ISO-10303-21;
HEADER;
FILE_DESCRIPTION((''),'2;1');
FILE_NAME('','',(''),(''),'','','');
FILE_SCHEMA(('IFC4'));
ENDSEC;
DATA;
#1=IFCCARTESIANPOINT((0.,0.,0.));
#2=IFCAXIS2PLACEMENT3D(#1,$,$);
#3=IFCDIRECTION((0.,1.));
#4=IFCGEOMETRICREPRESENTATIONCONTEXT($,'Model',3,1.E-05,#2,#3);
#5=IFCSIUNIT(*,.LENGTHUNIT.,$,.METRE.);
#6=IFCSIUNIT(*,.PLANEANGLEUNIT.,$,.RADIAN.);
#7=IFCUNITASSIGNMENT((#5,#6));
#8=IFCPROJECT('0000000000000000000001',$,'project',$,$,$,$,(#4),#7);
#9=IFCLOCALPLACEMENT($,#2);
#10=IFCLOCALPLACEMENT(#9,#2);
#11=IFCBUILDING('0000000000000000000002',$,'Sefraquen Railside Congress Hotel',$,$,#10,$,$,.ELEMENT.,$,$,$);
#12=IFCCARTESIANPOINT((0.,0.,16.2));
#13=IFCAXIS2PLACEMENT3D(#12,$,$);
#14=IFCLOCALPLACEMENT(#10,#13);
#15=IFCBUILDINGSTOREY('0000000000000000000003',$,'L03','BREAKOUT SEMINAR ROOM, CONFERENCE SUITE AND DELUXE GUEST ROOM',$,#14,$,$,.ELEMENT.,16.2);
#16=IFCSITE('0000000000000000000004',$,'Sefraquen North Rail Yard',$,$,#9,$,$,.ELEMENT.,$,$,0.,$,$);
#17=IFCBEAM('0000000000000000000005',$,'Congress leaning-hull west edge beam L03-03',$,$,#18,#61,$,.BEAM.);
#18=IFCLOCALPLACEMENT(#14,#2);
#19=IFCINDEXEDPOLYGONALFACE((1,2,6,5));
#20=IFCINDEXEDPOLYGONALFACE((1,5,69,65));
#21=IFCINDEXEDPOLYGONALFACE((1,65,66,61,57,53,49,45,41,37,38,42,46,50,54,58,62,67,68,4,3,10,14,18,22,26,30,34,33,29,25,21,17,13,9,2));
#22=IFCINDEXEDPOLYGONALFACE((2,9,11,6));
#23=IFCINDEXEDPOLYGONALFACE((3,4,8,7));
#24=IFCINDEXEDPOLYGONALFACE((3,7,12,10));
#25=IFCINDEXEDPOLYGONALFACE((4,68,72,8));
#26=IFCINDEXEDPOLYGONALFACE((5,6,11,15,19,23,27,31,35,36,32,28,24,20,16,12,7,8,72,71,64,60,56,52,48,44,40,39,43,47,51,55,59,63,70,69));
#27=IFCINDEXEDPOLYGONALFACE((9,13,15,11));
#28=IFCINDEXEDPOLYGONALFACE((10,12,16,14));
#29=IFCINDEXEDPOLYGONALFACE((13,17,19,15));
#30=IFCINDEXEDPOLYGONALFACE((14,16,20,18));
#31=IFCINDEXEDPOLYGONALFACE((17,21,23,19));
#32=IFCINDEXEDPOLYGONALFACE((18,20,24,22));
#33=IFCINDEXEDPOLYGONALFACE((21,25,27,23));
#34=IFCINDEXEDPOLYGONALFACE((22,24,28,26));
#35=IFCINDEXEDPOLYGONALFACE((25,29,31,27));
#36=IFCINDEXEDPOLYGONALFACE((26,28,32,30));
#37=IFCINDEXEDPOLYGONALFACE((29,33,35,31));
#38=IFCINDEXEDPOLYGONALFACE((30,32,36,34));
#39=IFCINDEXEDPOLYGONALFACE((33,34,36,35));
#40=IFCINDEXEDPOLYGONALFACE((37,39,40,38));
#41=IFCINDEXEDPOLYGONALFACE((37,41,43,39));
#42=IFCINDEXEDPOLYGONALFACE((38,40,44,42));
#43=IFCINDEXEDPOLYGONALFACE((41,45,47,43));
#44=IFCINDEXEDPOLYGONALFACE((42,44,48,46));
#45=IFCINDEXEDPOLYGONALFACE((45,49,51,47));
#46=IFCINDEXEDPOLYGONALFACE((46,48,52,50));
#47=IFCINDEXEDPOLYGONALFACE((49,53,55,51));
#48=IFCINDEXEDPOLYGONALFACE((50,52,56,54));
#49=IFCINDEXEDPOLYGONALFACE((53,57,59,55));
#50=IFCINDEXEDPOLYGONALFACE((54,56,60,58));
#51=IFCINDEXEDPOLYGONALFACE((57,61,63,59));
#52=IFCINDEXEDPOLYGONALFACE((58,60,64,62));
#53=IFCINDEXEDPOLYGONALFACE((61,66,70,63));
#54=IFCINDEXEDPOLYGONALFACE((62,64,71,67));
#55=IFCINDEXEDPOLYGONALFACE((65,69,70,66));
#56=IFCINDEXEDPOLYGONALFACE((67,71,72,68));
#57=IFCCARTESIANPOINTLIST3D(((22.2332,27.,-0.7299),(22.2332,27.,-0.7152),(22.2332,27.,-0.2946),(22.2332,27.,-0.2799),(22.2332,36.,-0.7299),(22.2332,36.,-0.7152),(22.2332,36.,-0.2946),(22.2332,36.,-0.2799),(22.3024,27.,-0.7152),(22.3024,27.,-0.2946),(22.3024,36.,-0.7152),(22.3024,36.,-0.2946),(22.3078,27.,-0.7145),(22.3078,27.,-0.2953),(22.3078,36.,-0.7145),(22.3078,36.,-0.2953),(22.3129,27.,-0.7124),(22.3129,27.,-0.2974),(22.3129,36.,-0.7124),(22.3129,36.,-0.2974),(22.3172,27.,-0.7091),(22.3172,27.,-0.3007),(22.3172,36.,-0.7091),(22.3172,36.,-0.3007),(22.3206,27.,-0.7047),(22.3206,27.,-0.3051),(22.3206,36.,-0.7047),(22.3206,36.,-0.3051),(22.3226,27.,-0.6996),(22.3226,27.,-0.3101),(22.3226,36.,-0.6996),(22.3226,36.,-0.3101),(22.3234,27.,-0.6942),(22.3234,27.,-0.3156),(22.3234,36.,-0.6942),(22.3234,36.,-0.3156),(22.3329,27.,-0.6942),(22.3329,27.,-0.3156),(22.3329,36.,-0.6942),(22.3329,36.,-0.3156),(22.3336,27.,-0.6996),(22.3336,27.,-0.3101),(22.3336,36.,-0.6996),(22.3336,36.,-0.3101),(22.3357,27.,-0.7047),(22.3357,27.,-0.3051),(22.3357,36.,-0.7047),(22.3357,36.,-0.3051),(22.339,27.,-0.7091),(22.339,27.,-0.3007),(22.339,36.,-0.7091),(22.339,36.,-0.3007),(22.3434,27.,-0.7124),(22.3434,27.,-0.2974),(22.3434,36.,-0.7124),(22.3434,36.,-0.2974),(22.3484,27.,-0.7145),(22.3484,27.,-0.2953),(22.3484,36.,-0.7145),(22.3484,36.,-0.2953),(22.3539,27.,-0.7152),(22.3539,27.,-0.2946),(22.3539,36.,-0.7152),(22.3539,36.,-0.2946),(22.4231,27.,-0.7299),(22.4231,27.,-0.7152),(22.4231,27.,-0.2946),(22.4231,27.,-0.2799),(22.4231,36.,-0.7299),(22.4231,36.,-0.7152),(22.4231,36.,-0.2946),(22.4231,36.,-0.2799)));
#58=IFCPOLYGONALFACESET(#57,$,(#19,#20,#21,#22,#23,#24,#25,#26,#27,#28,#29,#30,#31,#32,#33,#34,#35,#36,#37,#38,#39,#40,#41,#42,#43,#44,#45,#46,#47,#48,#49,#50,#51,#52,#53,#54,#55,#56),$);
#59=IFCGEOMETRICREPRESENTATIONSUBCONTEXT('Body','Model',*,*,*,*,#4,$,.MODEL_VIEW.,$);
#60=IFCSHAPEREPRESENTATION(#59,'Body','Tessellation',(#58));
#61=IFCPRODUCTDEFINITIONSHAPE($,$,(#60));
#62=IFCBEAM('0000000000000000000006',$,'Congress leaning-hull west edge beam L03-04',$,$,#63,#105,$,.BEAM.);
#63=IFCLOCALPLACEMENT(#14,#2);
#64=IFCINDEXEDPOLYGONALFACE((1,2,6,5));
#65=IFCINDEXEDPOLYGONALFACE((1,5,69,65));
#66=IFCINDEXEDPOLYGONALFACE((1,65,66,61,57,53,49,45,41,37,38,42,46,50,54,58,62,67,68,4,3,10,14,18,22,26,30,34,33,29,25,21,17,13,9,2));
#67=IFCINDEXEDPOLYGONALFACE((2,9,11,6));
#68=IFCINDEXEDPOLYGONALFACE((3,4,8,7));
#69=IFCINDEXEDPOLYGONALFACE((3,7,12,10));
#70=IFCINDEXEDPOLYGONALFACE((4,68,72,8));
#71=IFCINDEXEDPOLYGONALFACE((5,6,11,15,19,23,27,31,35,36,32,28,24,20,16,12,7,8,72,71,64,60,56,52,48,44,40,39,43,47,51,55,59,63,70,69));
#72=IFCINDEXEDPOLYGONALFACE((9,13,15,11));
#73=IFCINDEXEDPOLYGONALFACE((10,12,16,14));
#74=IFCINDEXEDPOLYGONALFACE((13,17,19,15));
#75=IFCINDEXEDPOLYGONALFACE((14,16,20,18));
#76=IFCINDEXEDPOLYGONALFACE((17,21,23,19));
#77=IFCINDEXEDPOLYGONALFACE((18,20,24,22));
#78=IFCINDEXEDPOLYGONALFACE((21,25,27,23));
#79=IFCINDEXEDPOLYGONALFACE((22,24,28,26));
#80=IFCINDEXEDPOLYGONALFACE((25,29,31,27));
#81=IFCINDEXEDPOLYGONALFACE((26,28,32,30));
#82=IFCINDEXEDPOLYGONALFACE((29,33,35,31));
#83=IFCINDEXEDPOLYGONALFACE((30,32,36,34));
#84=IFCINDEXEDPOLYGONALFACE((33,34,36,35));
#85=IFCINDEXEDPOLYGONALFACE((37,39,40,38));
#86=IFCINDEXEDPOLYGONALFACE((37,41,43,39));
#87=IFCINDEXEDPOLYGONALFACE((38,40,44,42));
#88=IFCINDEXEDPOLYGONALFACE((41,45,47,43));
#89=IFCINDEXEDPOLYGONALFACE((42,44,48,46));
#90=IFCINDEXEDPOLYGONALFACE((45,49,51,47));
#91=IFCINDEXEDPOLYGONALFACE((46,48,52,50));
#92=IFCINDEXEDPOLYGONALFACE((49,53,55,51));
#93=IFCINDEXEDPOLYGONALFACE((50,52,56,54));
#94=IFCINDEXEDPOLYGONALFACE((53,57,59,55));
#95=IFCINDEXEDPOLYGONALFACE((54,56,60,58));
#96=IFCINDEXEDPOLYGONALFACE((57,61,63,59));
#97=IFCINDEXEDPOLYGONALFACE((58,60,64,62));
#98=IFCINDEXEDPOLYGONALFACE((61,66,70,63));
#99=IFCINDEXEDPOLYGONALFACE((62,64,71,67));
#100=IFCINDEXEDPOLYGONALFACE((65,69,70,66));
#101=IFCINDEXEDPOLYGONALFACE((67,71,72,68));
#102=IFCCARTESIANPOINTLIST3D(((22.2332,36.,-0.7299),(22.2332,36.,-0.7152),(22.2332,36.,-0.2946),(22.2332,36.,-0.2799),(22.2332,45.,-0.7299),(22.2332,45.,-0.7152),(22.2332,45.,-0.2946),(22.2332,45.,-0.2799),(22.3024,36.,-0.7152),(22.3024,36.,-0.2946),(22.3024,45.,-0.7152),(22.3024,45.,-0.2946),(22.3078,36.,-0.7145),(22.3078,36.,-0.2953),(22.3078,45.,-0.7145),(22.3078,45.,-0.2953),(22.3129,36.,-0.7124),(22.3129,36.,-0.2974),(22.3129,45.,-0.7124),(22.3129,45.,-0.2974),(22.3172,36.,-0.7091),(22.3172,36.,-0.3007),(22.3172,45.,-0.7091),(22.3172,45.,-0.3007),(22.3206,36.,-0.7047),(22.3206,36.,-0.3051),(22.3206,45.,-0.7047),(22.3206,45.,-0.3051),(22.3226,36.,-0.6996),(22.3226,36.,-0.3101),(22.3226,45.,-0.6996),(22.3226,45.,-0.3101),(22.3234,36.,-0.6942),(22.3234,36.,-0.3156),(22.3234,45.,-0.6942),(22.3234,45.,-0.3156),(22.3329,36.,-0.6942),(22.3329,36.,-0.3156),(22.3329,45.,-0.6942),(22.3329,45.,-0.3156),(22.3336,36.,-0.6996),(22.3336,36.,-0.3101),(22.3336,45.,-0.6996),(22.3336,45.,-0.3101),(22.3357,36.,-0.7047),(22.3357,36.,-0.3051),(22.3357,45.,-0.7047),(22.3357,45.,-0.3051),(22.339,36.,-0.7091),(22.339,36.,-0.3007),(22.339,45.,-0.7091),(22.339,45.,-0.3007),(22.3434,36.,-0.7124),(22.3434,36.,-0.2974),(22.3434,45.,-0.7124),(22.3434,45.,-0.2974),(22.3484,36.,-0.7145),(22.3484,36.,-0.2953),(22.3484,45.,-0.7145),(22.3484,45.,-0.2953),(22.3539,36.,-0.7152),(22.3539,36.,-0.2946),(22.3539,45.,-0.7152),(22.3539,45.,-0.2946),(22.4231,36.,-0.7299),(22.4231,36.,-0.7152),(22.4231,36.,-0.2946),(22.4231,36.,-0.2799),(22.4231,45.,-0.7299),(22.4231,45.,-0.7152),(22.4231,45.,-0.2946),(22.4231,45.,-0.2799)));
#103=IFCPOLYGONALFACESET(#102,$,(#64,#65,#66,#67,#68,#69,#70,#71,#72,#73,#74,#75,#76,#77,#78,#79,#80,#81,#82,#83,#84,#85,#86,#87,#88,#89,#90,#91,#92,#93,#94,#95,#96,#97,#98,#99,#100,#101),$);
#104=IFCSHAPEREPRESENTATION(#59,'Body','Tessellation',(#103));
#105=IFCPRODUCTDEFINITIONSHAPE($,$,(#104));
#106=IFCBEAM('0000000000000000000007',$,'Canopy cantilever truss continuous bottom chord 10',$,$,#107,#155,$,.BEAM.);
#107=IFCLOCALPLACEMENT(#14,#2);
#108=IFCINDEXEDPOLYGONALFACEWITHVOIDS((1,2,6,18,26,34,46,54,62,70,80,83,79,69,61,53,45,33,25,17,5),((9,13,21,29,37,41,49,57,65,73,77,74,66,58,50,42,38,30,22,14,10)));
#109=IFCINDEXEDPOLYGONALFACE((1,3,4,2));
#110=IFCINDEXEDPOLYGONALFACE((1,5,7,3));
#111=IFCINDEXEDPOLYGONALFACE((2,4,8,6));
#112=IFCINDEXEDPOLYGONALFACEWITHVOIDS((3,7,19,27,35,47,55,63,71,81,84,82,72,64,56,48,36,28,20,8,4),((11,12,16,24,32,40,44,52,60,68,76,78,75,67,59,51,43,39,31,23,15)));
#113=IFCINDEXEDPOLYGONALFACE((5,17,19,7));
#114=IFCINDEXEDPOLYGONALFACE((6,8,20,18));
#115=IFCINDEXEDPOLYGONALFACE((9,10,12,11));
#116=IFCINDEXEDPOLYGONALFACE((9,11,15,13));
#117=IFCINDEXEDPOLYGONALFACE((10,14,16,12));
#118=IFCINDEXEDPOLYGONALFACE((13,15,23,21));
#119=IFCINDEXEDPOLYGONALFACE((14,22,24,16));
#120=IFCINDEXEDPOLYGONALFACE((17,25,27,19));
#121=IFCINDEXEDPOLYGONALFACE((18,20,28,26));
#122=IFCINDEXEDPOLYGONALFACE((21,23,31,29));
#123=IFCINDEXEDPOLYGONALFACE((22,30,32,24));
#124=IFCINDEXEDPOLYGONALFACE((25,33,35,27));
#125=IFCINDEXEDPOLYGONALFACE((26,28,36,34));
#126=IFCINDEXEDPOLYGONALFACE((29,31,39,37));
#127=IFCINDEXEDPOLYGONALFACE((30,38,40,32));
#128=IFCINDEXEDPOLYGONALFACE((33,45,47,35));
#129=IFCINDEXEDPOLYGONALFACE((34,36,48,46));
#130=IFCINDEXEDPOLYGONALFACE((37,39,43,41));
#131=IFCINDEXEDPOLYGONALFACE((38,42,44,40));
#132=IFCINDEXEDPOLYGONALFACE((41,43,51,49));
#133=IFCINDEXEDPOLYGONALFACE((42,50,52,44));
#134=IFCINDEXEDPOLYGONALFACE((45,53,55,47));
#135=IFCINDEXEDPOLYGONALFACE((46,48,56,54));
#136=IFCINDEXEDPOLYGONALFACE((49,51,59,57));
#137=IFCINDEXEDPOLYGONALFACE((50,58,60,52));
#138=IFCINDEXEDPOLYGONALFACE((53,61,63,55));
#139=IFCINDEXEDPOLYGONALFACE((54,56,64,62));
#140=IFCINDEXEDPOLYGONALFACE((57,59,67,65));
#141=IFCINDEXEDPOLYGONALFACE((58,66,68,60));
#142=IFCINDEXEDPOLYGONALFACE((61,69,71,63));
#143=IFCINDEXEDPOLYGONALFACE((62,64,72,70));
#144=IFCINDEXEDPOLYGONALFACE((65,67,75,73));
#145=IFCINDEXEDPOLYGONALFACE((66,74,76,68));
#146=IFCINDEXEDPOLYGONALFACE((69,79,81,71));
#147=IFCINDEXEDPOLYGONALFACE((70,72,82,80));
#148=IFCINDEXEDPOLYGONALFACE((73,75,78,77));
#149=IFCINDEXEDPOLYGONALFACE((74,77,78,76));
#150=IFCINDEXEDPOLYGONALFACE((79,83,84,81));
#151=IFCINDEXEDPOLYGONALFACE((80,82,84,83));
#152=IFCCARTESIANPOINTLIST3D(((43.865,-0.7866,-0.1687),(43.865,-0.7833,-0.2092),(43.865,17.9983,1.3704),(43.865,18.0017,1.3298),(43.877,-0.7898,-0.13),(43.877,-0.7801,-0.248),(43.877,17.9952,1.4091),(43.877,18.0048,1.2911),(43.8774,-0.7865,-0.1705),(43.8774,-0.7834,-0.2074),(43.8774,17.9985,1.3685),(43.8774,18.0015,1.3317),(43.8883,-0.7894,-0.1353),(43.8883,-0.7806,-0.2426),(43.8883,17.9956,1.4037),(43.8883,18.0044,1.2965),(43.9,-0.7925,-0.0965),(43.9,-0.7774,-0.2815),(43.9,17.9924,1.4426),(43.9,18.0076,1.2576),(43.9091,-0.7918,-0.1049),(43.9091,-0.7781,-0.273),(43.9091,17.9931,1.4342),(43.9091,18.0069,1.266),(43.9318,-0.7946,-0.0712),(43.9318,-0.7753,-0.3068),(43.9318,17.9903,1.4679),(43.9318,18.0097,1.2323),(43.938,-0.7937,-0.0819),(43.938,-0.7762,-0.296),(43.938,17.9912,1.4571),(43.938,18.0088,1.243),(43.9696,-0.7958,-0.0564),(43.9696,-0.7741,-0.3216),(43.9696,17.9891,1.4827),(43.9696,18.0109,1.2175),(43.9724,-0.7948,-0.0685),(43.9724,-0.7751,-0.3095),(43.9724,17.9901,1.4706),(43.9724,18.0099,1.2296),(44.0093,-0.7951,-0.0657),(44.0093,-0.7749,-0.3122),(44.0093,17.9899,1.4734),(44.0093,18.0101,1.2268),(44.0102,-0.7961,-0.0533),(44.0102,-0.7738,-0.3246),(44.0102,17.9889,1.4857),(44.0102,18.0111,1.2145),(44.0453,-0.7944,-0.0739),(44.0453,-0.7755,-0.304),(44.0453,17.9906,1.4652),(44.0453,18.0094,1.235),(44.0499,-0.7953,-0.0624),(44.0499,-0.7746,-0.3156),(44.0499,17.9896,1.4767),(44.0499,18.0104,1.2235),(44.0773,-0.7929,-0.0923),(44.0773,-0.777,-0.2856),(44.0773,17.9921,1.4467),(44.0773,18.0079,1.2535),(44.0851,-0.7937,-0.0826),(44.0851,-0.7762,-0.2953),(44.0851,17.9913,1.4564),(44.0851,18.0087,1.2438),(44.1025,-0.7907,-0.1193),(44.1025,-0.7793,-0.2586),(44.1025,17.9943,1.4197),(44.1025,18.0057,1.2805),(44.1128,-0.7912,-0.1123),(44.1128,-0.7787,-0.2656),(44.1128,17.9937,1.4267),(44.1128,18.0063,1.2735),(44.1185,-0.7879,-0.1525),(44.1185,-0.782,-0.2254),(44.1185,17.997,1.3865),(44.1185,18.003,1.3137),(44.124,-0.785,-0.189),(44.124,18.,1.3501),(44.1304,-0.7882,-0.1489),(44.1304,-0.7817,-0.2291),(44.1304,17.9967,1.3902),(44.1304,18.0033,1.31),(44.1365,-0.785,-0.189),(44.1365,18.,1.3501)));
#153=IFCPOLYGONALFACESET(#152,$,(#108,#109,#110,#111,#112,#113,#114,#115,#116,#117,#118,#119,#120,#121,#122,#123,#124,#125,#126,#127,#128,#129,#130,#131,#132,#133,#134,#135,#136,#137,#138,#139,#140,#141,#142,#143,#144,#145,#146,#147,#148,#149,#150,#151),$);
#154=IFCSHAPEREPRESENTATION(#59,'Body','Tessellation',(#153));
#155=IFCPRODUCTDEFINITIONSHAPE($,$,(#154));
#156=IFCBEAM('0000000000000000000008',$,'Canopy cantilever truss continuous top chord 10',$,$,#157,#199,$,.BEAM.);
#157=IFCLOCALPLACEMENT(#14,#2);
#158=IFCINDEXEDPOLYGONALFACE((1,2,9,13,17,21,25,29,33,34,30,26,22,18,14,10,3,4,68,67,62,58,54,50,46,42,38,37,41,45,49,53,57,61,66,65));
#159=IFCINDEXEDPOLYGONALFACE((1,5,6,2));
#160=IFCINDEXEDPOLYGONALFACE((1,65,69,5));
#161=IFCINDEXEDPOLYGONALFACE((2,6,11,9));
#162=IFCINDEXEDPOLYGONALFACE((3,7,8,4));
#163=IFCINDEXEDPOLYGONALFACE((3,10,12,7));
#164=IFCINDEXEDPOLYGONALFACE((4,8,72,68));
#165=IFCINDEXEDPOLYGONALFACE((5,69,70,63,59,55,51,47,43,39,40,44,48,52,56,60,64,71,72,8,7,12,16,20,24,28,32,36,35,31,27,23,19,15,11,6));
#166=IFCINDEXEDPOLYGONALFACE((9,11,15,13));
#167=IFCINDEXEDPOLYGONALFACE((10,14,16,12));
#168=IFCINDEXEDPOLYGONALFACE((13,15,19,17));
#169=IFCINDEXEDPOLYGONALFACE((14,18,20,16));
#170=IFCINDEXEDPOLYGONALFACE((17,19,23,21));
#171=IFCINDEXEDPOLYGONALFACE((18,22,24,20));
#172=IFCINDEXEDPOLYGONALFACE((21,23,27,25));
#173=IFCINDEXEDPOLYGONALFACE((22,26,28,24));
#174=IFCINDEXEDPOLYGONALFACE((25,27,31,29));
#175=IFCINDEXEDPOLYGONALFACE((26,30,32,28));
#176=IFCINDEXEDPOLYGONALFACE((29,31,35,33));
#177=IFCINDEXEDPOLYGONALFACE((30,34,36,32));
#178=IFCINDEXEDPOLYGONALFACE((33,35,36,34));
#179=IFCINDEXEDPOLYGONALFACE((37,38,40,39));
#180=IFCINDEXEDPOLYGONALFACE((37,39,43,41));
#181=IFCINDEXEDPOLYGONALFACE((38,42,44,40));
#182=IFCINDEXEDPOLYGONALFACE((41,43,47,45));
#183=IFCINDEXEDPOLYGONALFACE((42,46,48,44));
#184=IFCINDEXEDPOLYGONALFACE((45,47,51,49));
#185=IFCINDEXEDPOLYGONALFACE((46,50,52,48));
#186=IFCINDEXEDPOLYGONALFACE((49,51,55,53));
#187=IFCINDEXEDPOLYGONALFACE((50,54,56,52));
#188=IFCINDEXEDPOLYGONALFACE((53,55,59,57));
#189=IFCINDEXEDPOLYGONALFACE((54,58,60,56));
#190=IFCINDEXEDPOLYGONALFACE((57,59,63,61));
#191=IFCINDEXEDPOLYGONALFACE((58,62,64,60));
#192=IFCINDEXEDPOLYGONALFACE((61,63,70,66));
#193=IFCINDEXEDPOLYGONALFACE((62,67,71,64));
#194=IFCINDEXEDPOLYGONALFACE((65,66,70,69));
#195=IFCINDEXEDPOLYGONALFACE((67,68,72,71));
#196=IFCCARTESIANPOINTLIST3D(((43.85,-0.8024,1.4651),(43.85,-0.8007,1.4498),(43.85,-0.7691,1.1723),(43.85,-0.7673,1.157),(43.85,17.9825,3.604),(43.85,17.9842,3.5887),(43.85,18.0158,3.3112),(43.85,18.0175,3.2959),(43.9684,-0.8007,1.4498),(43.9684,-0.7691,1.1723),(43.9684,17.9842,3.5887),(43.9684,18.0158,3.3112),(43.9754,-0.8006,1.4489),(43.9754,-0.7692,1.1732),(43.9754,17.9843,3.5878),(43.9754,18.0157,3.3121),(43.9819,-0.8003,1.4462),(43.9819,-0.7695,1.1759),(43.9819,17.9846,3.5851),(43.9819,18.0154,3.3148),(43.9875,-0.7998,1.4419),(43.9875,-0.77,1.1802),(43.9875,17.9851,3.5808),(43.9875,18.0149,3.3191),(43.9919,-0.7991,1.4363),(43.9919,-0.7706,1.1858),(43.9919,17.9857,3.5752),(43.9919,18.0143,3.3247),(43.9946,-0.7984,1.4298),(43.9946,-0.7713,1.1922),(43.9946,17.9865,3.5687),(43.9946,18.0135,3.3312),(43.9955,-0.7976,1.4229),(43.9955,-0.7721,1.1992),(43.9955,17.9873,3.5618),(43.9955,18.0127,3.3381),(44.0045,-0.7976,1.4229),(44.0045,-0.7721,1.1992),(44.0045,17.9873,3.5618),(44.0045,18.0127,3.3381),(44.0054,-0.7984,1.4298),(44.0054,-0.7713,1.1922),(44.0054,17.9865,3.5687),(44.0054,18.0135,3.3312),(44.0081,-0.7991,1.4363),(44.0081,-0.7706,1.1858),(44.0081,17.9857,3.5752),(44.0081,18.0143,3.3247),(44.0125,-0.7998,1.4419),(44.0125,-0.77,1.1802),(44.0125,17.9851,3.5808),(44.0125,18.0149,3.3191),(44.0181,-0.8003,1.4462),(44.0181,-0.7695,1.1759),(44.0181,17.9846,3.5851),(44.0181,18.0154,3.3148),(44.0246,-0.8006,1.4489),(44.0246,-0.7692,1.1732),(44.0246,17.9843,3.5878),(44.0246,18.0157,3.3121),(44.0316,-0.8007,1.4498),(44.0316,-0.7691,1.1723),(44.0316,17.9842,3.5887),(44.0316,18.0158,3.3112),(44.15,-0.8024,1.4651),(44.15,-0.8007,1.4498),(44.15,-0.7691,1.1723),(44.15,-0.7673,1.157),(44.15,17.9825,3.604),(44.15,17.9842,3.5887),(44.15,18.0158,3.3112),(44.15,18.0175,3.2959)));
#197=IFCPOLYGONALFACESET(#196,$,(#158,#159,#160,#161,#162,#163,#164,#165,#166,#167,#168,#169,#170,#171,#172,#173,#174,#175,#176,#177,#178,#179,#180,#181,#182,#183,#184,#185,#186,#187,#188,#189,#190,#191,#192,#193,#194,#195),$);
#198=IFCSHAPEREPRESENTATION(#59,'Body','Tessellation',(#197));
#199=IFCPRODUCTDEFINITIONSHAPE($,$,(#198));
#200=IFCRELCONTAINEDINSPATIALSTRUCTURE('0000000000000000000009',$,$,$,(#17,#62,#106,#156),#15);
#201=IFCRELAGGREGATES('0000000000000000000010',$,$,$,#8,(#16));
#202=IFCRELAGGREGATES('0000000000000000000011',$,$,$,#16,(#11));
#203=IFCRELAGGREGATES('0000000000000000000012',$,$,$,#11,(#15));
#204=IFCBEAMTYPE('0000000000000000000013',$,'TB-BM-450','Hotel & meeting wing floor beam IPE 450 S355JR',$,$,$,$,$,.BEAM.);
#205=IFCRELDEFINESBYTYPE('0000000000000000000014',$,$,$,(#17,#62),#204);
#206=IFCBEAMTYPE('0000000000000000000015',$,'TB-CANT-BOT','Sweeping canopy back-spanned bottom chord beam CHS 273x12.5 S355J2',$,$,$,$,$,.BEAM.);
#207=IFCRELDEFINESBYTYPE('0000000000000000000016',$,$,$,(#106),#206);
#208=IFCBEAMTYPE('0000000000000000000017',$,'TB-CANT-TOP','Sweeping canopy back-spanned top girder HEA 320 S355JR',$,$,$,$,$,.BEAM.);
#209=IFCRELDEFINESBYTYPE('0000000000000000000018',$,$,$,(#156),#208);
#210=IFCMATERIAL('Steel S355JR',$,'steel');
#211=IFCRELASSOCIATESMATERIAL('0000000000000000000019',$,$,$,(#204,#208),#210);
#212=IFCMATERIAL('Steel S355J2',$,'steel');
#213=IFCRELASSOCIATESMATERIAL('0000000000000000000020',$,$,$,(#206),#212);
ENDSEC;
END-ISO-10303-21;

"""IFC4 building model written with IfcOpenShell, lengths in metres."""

from ifc_helpers import new_model, si_unit, direction, frame, origin, origin_2d, place, context, subcontext, project, spatial, hollow_circle, i_section, extrude, material, material_profile, profile_set, type_object, element, save


model = new_model("IFC4")

# Units and contexts
model_context = context("Model", 3, precision=1e-05, world=origin(), true_north=direction((0.0, 1.0)))
body_context = subcontext(model_context, "Body", "Model", "MODEL_VIEW")
ifc_project = project(units=[si_unit("LENGTHUNIT", "METRE"), si_unit("PLANEANGLEUNIT", "RADIAN")], contexts=[model_context])

# Site, building, storey
site_placement = place(None, origin())
site = spatial("IfcSite", under=ifc_project, at=site_placement, Name="Sefraquen North Rail Yard", CompositionType="ELEMENT", RefElevation=0.0)
building_placement = place(site_placement, origin())
building = spatial("IfcBuilding", under=site, at=building_placement, Name="Sefraquen Railside Congress Hotel", CompositionType="ELEMENT")
storey_placement = place(building_placement, frame((0.0, 0.0, 16.2)))
storey = spatial("IfcBuildingStorey", under=building, at=storey_placement, Name="L03", Description="BREAKOUT SEMINAR ROOM, CONFERENCE SUITE AND DELUXE GUEST ROOM", CompositionType="ELEMENT", Elevation=16.2)

# Shared definitions
ifc_material_1 = material(Name="Steel S355JR", Category="steel")

# Beams
ifc_material_profile_1 = material_profile(ifc_material_1, i_section(OverallWidth=0.1899, OverallDepth=0.45, WebThickness=0.0095, FlangeThickness=0.0146, FilletRadius=0.021, at=origin_2d()), Name="IPE 450")
ifc_profile_set_1 = profile_set([ifc_material_profile_1], Name="Steel S355JR")
beam_type_1 = type_object("IfcBeamType", Name="TB-BM-450", Description="Hotel & meeting wing floor beam IPE 450 S355JR", PredefinedType="BEAM", material=ifc_profile_set_1)
for number, where, z_axis, x_axis, name in (
    (1, (22.3281, 27.0, -0.5049), (0.0, 1.0, 0.0), (-1.0, 0.0, 0.0), "Congress leaning-hull west edge beam L03-03"),
    (2, (22.3281, 36.0, -0.5049), (0.0, 1.0, 0.0), (-1.0, 0.0, 0.0), "Congress leaning-hull west edge beam L03-04"),
):
    element("IfcBeam", number, at=place(storey_placement, frame(where, z_axis=z_axis, x_axis=x_axis)), inside=storey, type_object=beam_type_1, Name=name, PredefinedType="BEAM", context=body_context, shape_type="SweptSolid", body=[
        extrude(i_section(OverallWidth=0.1899, OverallDepth=0.45, WebThickness=0.0095, FlangeThickness=0.0146, FilletRadius=0.021, at=origin_2d()), origin(), (0.0, 0.0, 1.0), 9.0),
    ])
ifc_material_2 = material(Name="Steel S355J2", Category="steel")
ifc_material_profile_2 = material_profile(ifc_material_2, hollow_circle(Radius=0.1365, WallThickness=0.0125, at=origin_2d()), Name="CHS 273x12.5")
ifc_profile_set_2 = profile_set([ifc_material_profile_2], Name="Steel S355J2")
beam_type_2 = type_object("IfcBeamType", Name="TB-CANT-BOT", Description="Sweeping canopy back-spanned bottom chord beam CHS 273x12.5 S355J2", PredefinedType="BEAM", material=ifc_profile_set_2)
beam_1_placement = place(storey_placement, frame((44.0, 18.0, 1.3501), z_axis=(0.0, -0.99666, -0.081657), x_axis=(1.0, 0.0, 0.0)))
element("IfcBeam", 3, at=beam_1_placement, inside=storey, type_object=beam_type_2, Name="Canopy cantilever truss continuous bottom chord 10", PredefinedType="BEAM", context=body_context, shape_type="SweptSolid", body=[
    extrude(hollow_circle(Radius=0.1365, WallThickness=0.0125, at=origin_2d()), origin(), (0.0, 0.0, 1.0), 18.8479),
])
ifc_material_profile_3 = material_profile(ifc_material_1, i_section(OverallWidth=0.3, OverallDepth=0.3101, WebThickness=0.009, FlangeThickness=0.0154, FilletRadius=0.0271, at=origin_2d()), Name="HEA 320")
ifc_profile_set_3 = profile_set([ifc_material_profile_3], Name="Steel S355JR")
beam_type_3 = type_object("IfcBeamType", Name="TB-CANT-TOP", Description="Sweeping canopy back-spanned top girder HEA 320 S355JR", PredefinedType="BEAM", material=ifc_profile_set_3)
beam_2_placement = place(storey_placement, frame((44.0, 18.0, 3.45), z_axis=(0.0, -0.99358, -0.113132), x_axis=(1.0, 0.0, 0.0)))
element("IfcBeam", 4, at=beam_2_placement, inside=storey, type_object=beam_type_3, Name="Canopy cantilever truss continuous top chord 10", PredefinedType="BEAM", context=body_context, shape_type="SweptSolid", body=[
    extrude(i_section(OverallWidth=0.3, OverallDepth=0.3101, WebThickness=0.009, FlangeThickness=0.0154, FilletRadius=0.0271, at=origin_2d()), origin(), (0.0, 0.0, 1.0), 18.9062),
])

save(model, "model.ifc")
